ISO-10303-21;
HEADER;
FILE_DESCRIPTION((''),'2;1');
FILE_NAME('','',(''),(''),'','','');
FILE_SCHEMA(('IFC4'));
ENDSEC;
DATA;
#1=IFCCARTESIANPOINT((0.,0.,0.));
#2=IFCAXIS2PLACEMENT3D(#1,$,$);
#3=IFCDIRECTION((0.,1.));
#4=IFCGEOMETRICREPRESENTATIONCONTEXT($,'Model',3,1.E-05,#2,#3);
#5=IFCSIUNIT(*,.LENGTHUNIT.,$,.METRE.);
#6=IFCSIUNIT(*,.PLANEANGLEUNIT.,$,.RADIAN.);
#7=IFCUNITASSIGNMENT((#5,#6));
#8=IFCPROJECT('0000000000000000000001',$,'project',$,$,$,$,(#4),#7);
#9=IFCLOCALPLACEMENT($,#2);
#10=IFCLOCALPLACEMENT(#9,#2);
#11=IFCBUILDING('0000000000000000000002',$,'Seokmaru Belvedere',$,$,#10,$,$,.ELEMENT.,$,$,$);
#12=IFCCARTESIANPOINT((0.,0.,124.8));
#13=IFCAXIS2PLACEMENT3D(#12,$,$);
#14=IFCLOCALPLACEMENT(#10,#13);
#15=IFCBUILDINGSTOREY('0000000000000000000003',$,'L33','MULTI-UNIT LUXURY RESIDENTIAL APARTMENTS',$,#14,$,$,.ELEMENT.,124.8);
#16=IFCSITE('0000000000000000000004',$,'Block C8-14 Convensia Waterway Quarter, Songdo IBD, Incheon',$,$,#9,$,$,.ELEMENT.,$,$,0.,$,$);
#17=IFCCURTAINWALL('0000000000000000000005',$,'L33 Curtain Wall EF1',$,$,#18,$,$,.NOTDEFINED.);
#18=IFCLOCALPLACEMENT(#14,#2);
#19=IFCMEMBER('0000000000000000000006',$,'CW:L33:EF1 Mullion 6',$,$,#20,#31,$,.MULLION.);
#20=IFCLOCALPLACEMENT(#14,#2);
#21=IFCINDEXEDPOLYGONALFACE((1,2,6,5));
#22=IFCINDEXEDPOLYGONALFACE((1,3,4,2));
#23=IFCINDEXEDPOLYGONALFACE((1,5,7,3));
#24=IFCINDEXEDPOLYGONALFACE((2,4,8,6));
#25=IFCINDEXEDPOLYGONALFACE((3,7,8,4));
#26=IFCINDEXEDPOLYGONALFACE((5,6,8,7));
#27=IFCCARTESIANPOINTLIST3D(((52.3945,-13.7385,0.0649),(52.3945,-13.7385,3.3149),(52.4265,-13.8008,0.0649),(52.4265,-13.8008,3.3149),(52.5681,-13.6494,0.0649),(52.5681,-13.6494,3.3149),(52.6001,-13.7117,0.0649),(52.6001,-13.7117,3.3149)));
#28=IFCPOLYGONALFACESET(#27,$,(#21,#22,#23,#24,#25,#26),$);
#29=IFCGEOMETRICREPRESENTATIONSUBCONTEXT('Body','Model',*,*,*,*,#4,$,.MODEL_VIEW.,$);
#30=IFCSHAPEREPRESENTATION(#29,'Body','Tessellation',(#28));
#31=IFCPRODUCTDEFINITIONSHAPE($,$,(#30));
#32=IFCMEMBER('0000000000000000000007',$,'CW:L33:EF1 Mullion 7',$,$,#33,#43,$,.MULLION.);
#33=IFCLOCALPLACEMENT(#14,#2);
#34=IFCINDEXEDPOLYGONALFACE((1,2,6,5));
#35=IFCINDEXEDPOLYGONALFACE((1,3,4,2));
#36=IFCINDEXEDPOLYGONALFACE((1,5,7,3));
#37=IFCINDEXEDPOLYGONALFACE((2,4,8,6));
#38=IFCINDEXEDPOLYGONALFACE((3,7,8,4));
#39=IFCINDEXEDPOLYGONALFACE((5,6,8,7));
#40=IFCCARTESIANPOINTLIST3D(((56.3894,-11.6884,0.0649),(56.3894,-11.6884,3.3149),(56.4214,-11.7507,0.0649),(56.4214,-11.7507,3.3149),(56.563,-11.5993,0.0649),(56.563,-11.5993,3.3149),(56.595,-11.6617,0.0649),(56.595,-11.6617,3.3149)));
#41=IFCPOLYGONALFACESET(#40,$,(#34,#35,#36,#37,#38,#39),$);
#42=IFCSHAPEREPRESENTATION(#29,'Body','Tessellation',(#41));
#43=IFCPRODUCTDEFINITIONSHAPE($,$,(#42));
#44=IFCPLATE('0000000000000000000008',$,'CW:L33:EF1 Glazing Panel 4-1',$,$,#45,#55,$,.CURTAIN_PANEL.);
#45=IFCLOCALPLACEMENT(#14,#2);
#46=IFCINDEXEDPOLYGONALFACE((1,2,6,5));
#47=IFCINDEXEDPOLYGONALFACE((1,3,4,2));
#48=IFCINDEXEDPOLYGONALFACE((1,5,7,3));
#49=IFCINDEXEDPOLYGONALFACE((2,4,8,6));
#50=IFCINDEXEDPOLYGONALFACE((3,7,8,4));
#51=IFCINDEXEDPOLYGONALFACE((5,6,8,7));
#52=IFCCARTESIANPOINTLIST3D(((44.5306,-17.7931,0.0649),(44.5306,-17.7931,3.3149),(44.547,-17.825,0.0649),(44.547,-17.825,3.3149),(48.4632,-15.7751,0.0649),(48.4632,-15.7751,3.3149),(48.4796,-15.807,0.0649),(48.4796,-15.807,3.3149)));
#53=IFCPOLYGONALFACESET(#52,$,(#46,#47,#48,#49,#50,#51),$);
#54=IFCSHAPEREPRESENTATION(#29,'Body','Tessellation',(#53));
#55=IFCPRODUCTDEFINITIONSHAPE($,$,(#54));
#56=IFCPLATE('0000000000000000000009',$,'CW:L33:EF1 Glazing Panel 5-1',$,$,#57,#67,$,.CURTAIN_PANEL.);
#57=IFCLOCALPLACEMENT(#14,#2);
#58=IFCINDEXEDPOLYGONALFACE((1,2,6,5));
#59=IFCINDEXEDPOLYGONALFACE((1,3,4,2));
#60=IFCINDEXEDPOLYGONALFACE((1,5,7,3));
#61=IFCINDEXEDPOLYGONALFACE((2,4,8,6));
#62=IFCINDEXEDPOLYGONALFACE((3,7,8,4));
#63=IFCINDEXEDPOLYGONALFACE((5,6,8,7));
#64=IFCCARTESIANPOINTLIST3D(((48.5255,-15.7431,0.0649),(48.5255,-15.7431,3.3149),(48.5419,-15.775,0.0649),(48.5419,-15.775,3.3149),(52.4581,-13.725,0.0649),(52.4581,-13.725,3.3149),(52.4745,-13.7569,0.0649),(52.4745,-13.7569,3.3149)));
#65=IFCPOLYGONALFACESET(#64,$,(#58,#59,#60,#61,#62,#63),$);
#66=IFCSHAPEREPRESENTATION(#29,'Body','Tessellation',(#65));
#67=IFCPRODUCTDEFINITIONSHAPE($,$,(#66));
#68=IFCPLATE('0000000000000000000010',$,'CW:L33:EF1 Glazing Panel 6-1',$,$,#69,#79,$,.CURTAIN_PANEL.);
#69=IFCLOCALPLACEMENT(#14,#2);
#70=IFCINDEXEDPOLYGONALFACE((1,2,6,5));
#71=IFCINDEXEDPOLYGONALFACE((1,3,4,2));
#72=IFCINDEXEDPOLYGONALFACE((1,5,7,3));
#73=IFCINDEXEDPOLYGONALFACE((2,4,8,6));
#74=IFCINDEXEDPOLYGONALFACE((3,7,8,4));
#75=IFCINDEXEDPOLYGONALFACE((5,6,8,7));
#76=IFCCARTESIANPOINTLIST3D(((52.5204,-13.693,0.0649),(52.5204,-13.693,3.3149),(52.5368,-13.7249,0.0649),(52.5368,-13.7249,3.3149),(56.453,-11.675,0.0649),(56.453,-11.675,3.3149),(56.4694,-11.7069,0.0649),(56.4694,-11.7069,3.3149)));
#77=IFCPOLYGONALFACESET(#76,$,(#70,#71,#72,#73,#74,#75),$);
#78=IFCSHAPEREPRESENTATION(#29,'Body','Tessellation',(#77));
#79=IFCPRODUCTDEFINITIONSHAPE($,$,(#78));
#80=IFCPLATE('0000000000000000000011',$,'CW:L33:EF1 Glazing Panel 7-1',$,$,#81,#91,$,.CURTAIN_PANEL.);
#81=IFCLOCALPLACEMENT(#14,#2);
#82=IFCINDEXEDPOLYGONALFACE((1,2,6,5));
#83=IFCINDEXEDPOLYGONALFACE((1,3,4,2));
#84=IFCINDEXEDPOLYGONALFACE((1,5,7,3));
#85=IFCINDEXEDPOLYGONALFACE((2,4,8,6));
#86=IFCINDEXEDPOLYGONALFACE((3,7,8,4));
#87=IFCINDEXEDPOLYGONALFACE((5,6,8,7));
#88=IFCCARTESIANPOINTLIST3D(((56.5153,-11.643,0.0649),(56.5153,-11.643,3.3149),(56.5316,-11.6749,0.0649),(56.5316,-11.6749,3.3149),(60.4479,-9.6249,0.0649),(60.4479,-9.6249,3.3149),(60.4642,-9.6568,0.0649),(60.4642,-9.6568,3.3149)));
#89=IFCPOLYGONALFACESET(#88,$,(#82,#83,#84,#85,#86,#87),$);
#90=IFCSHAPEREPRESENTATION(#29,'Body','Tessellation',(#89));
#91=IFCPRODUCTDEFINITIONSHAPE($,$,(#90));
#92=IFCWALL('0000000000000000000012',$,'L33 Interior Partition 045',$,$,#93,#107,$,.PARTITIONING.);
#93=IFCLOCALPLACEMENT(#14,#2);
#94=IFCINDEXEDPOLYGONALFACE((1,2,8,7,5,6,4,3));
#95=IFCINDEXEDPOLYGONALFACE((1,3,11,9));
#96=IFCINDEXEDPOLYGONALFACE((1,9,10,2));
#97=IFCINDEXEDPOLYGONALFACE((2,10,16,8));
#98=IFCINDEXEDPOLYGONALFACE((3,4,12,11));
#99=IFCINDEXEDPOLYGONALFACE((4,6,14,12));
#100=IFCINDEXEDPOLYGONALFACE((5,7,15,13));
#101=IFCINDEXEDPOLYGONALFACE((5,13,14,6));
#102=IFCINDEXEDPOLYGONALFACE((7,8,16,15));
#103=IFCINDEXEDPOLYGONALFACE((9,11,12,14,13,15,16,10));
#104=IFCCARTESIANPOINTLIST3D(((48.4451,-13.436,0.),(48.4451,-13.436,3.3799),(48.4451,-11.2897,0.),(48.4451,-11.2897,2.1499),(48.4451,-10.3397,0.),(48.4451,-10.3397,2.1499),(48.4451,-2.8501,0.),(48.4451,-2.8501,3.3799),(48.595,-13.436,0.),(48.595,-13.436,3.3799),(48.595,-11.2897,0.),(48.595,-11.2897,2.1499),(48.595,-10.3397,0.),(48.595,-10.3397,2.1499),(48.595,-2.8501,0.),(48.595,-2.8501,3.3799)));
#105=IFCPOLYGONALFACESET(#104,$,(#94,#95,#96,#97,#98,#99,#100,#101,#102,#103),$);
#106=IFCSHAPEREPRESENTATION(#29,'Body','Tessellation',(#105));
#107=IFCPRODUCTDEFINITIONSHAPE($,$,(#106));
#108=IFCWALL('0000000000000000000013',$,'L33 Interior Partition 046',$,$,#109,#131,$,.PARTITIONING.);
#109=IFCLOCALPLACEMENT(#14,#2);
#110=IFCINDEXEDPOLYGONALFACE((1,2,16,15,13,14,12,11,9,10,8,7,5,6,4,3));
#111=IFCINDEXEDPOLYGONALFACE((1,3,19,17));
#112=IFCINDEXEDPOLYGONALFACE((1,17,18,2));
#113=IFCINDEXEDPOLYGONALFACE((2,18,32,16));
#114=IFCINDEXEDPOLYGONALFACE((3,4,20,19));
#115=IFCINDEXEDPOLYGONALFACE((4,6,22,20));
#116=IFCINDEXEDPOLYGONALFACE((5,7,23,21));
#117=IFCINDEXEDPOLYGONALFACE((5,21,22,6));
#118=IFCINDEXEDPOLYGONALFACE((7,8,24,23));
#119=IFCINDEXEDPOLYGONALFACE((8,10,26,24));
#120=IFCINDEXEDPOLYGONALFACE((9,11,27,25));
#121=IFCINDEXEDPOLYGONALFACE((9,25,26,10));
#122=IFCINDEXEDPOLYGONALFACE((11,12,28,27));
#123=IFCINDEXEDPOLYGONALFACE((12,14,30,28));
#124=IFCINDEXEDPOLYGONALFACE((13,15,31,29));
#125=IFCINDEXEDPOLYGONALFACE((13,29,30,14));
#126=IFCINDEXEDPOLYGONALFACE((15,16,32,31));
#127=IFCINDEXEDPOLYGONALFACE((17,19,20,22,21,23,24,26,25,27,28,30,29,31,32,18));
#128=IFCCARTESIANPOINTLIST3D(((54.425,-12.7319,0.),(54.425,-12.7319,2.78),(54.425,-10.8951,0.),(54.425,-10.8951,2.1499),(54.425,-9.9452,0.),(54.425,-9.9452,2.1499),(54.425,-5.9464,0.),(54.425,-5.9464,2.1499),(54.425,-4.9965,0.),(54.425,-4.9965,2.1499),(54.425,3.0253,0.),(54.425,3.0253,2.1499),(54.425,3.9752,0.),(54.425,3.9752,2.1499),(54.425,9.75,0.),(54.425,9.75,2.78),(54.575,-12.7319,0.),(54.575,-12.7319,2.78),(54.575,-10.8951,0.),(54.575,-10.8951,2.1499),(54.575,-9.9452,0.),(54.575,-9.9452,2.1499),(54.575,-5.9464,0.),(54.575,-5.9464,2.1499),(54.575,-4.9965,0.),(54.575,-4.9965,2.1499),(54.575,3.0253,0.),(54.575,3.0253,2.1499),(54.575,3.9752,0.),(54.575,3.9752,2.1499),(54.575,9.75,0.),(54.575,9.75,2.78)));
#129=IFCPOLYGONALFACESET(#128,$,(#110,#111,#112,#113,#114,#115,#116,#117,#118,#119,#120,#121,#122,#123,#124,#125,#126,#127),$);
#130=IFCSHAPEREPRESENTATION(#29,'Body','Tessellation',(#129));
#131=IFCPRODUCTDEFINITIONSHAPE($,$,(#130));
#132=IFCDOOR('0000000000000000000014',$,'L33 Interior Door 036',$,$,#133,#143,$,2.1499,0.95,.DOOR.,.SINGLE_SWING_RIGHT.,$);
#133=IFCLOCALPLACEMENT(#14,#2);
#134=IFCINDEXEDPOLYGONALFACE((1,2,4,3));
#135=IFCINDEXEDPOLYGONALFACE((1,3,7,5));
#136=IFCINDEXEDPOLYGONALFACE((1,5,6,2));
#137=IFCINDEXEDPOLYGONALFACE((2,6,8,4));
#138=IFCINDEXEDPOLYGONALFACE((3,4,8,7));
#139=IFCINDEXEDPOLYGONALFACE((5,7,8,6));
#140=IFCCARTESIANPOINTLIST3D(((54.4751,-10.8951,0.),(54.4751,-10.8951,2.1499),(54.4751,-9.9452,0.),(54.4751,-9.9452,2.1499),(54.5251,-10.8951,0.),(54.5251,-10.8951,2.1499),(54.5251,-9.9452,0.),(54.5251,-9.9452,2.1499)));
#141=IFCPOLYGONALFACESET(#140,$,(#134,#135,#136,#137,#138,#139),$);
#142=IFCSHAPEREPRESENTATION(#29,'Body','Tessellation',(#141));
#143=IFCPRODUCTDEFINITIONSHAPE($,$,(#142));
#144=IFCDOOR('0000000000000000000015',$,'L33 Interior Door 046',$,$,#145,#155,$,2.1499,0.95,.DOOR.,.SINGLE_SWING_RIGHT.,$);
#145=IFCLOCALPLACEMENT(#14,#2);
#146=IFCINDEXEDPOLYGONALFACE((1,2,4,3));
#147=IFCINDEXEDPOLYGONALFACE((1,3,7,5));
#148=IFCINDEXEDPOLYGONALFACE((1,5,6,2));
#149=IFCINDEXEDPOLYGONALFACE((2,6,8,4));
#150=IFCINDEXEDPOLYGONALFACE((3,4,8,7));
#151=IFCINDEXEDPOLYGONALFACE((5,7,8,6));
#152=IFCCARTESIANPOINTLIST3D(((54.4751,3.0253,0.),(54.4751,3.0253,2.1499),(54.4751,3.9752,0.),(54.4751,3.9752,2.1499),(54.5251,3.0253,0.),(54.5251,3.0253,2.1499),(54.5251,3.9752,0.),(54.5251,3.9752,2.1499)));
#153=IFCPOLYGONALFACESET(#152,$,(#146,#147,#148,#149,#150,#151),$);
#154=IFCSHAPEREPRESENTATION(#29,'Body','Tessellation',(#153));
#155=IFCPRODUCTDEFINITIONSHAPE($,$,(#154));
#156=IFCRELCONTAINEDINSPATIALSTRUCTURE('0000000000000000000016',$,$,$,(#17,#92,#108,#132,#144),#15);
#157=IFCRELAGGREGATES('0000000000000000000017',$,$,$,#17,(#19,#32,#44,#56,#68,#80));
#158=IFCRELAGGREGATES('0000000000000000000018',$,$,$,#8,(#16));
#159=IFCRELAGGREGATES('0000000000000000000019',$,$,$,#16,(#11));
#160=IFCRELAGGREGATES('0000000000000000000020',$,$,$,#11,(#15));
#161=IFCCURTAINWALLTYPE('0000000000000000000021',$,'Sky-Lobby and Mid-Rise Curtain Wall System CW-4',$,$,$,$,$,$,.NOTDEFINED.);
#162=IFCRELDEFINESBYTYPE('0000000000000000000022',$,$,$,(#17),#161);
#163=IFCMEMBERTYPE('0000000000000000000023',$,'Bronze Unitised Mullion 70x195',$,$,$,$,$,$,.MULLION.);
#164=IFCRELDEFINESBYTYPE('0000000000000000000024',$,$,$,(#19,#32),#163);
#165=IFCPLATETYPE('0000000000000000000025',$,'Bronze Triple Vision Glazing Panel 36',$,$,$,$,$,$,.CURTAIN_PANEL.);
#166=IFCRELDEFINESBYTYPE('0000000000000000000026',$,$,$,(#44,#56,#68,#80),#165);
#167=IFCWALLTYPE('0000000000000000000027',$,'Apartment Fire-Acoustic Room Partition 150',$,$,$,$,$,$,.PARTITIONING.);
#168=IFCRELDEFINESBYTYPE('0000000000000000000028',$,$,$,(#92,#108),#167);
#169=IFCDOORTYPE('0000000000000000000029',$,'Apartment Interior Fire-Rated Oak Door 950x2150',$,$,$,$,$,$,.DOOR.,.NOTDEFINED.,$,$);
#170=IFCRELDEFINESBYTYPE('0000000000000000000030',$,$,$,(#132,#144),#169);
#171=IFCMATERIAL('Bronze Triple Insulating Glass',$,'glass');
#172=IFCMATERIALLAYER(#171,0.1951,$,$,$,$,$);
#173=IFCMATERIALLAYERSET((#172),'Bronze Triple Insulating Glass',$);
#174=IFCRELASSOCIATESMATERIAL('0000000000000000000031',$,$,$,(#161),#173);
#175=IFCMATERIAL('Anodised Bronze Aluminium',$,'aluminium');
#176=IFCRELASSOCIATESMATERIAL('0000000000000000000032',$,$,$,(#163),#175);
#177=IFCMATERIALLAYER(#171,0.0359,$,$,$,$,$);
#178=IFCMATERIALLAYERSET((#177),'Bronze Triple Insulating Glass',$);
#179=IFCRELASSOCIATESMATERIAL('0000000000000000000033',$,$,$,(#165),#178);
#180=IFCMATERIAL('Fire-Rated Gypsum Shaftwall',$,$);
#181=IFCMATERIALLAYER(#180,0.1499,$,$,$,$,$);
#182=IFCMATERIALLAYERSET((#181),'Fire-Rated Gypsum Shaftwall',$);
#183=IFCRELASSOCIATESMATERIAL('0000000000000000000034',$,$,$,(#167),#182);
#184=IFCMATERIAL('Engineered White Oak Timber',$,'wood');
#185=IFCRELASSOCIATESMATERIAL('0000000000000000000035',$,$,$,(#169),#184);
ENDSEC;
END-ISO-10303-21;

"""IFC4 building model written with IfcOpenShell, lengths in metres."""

from ifc_helpers import new_model, si_unit, direction, frame, frame_2d, origin, origin_2d, place, context, subcontext, project, spatial, rectangle, extrude, source, transform, mapped, material, layer, layer_set, material_profile, profile_set, type_object, type_shapes, element, fill, aggregate, save


model = new_model("IFC4")

# Units and contexts
model_context = context("Model", 3, precision=1e-05, world=origin(), true_north=direction((0.0, 1.0)))
body_context = subcontext(model_context, "Body", "Model", "MODEL_VIEW")
ifc_project = project(units=[si_unit("LENGTHUNIT", "METRE"), si_unit("PLANEANGLEUNIT", "RADIAN")], contexts=[model_context])

# Site, building, storey
site_placement = place(None, origin())
site = spatial("IfcSite", under=ifc_project, at=site_placement, Name="Block C8-14 Convensia Waterway Quarter, Songdo IBD, Incheon", CompositionType="ELEMENT", RefElevation=0.0)
building_placement = place(site_placement, origin())
building = spatial("IfcBuilding", under=site, at=building_placement, Name="Seokmaru Belvedere", CompositionType="ELEMENT")
storey_placement = place(building_placement, frame((0.0, 0.0, 124.8)))
storey = spatial("IfcBuildingStorey", under=building, at=storey_placement, Name="L33", Description="MULTI-UNIT LUXURY RESIDENTIAL APARTMENTS", CompositionType="ELEMENT", Elevation=124.8)

# Curtain wall, members, plates
ifc_material_1 = material(Name="Bronze Triple Insulating Glass", Category="glass")
ifc_layer_1 = layer(ifc_material_1, 0.1951)
ifc_layer_set_1 = layer_set([ifc_layer_1], Name="Bronze Triple Insulating Glass")
curtain_wall_type = type_object("IfcCurtainWallType", Name="Sky-Lobby and Mid-Rise Curtain Wall System CW-4", PredefinedType="NOTDEFINED", material=ifc_layer_set_1)
curtain_wall_placement = place(storey_placement, origin())
curtain_wall = element("IfcCurtainWall", 1, at=curtain_wall_placement, inside=storey, type_object=curtain_wall_type, Name="L33 Curtain Wall EF1", PredefinedType="NOTDEFINED")
ifc_material_2 = material(Name="Anodised Bronze Aluminium", Category="aluminium")
ifc_material_profile_1 = material_profile(ifc_material_2, rectangle(XDim=0.0701, YDim=0.1951, at=origin_2d()), Name="CW-M-70x195")
ifc_profile_set_1 = profile_set([ifc_material_profile_1], Name="Anodised Bronze Aluminium")
member_type = type_object("IfcMemberType", Name="Bronze Unitised Mullion 70x195", PredefinedType="MULLION", material=ifc_profile_set_1)
shared_shape_1 = source(origin(), body_context, "Body", "SweptSolid", [
    extrude(rectangle(XDim=0.0701, YDim=0.1951, at=origin_2d()), origin(), (0.0, 0.0, 1.0), 3.25),
])
type_shapes(member_type, [shared_shape_1])
member_1_placement = place(storey_placement, frame((52.4973, -13.7251, 0.0649), z_axis=(0.0, 0.0, 1.0), x_axis=(-0.456555, 0.889695, 0.0)))
member_1 = element("IfcMember", 2, at=member_1_placement, type_object=member_type, Name="CW:L33:EF1 Mullion 6", PredefinedType="MULLION", context=body_context, shape_type="MappedRepresentation", body=[
    mapped(shared_shape_1, transform((0.0, 0.0, 0.0), scale=1.0)),
])
member_2_placement = place(storey_placement, frame((56.4922, -11.675, 0.0649), z_axis=(0.0, 0.0, 1.0), x_axis=(-0.456555, 0.889695, 0.0)))
member_2 = element("IfcMember", 3, at=member_2_placement, type_object=member_type, Name="CW:L33:EF1 Mullion 7", PredefinedType="MULLION", context=body_context, shape_type="MappedRepresentation", body=[
    mapped(shared_shape_1, transform((0.0, 0.0, 0.0), scale=1.0)),
])
ifc_layer_2 = layer(ifc_material_1, 0.0359)
ifc_layer_set_2 = layer_set([ifc_layer_2], Name="Bronze Triple Insulating Glass")
plate_type = type_object("IfcPlateType", Name="Bronze Triple Vision Glazing Panel 36", PredefinedType="CURTAIN_PANEL", material=ifc_layer_set_2)
shared_shape_2 = source(origin(), body_context, "Body", "SweptSolid", [
    extrude(rectangle(XDim=4.4202, YDim=0.0359, at=origin_2d()), origin(), (0.0, 0.0, 1.0), 3.25),
])
type_shapes(plate_type, [shared_shape_2])
plate_1_placement = place(storey_placement, frame((46.5051, -16.8, 0.0649), z_axis=(0.0, 0.0, 1.0), x_axis=(0.889695, 0.456555, 0.0)))
plate_1 = element("IfcPlate", 4, at=plate_1_placement, type_object=plate_type, Name="CW:L33:EF1 Glazing Panel 4-1", PredefinedType="CURTAIN_PANEL", context=body_context, shape_type="MappedRepresentation", body=[
    mapped(shared_shape_2, transform((0.0, 0.0, 0.0), scale=1.0)),
])
plate_2_placement = place(storey_placement, frame((50.5, -14.75, 0.0649), z_axis=(0.0, 0.0, 1.0), x_axis=(0.889695, 0.456555, 0.0)))
plate_2 = element("IfcPlate", 5, at=plate_2_placement, type_object=plate_type, Name="CW:L33:EF1 Glazing Panel 5-1", PredefinedType="CURTAIN_PANEL", context=body_context, shape_type="MappedRepresentation", body=[
    mapped(shared_shape_2, transform((0.0, 0.0, 0.0), scale=1.0)),
])
plate_3_placement = place(storey_placement, frame((54.4949, -12.7, 0.0649), z_axis=(0.0, 0.0, 1.0), x_axis=(0.889695, 0.456555, 0.0)))
plate_3 = element("IfcPlate", 6, at=plate_3_placement, type_object=plate_type, Name="CW:L33:EF1 Glazing Panel 6-1", PredefinedType="CURTAIN_PANEL", context=body_context, shape_type="MappedRepresentation", body=[
    mapped(shared_shape_2, transform((0.0, 0.0, 0.0), scale=1.0)),
])
plate_4_placement = place(storey_placement, frame((58.4897, -10.6499, 0.0649), z_axis=(0.0, 0.0, 1.0), x_axis=(0.889695, 0.456555, 0.0)))
plate_4 = element("IfcPlate", 7, at=plate_4_placement, type_object=plate_type, Name="CW:L33:EF1 Glazing Panel 7-1", PredefinedType="CURTAIN_PANEL", context=body_context, shape_type="MappedRepresentation", body=[
    mapped(shared_shape_2, transform((0.0, 0.0, 0.0), scale=1.0)),
])
aggregate(curtain_wall, [member_1, member_2, plate_1, plate_2, plate_3, plate_4])

# Wall, opening
ifc_material_3 = material(Name="Fire-Rated Gypsum Shaftwall")
ifc_layer_3 = layer(ifc_material_3, 0.1499)
ifc_layer_set_3 = layer_set([ifc_layer_3], Name="Fire-Rated Gypsum Shaftwall")
wall_type = type_object("IfcWallType", Name="Apartment Fire-Acoustic Room Partition 150", PredefinedType="PARTITIONING", material=ifc_layer_set_3)
wall_1_placement = place(storey_placement, frame((48.52, -13.436, 0.0), z_axis=(0.0, 0.0, 1.0), x_axis=(0.0, 1.0, 0.0)))
wall_1 = element("IfcWall", 8, at=wall_1_placement, inside=storey, type_object=wall_type, Name="L33 Interior Partition 045", PredefinedType="PARTITIONING", context=body_context, shape_type="SweptSolid", body=[
    extrude(rectangle(XDim=10.5859, YDim=0.1499, at=frame_2d((5.293, 0.0))), origin(), (0.0, 0.0, 1.0), 3.3799),
])
opening_1_placement = place(wall_1_placement, frame((2.1462, 0.0, 0.0)))
element("IfcOpeningElement", 9, at=opening_1_placement, cuts=wall_1, PredefinedType="OPENING", context=body_context, shape_type="SweptSolid", body=[
    extrude(rectangle(XDim=0.95, YDim=2.1499, at=frame_2d((0.4751, 1.075))), frame((0.0, 0.085, 0.0), z_axis=(0.0, -1.0, 0.0), x_axis=(1.0, 0.0, 0.0)), (0.0, 0.0, 1.0), 0.1699),
])

# Wall, openings, doors
wall_2_placement = place(storey_placement, frame((54.5, -12.7319, 0.0), z_axis=(0.0, 0.0, 1.0), x_axis=(0.0, 1.0, 0.0)))
wall_2 = element("IfcWall", 10, at=wall_2_placement, inside=storey, type_object=wall_type, Name="L33 Interior Partition 046", PredefinedType="PARTITIONING", context=body_context, shape_type="SweptSolid", body=[
    extrude(rectangle(XDim=22.4819, YDim=0.1499, at=frame_2d((11.241, 0.0))), origin(), (0.0, 0.0, 1.0), 2.78),
])
opening_2_placement = place(wall_2_placement, frame((1.8367, 0.0, 0.0)))
opening_2 = element("IfcOpeningElement", 11, at=opening_2_placement, cuts=wall_2, PredefinedType="OPENING", context=body_context, shape_type="SweptSolid", body=[
    extrude(rectangle(XDim=0.95, YDim=2.1499, at=frame_2d((0.4751, 1.075))), frame((0.0, 0.085, 0.0), z_axis=(0.0, -1.0, 0.0), x_axis=(1.0, 0.0, 0.0)), (0.0, 0.0, 1.0), 0.1699),
])
opening_3_placement = place(wall_2_placement, frame((6.7854, 0.0, 0.0)))
element("IfcOpeningElement", 12, at=opening_3_placement, cuts=wall_2, PredefinedType="OPENING", context=body_context, shape_type="SweptSolid", body=[
    extrude(rectangle(XDim=0.95, YDim=2.1499, at=frame_2d((0.4751, 1.075))), frame((0.0, 0.085, 0.0), z_axis=(0.0, -1.0, 0.0), x_axis=(1.0, 0.0, 0.0)), (0.0, 0.0, 1.0), 0.1699),
])
opening_4_placement = place(wall_2_placement, frame((15.7571, 0.0, 0.0)))
opening_4 = element("IfcOpeningElement", 13, at=opening_4_placement, cuts=wall_2, PredefinedType="OPENING", context=body_context, shape_type="SweptSolid", body=[
    extrude(rectangle(XDim=0.95, YDim=2.1499, at=frame_2d((0.4751, 1.075))), frame((0.0, 0.085, 0.0), z_axis=(0.0, -1.0, 0.0), x_axis=(1.0, 0.0, 0.0)), (0.0, 0.0, 1.0), 0.1699),
])
ifc_material_4 = material(Name="Engineered White Oak Timber", Category="wood")
door_type = type_object("IfcDoorType", Name="Apartment Interior Fire-Rated Oak Door 950x2150", OperationType="NOTDEFINED", PredefinedType="DOOR", material=ifc_material_4)
shared_shape_3 = source(origin(), body_context, "Body", "SweptSolid", [
    extrude(rectangle(XDim=0.95, YDim=2.1499, at=frame_2d((0.4751, 1.075))), frame((0.0, 0.0249, 0.0), z_axis=(0.0, -1.0, 0.0), x_axis=(1.0, 0.0, 0.0)), (0.0, 0.0, 1.0), 0.05),
])
type_shapes(door_type, [shared_shape_3])
door_1_placement = place(opening_2_placement, origin())
door_1 = element("IfcDoor", 14, at=door_1_placement, inside=storey, type_object=door_type, Name="L33 Interior Door 036", OperationType="SINGLE_SWING_RIGHT", OverallHeight=2.1499, OverallWidth=0.95, PredefinedType="DOOR", context=body_context, shape_type="MappedRepresentation", body=[
    mapped(shared_shape_3, transform((0.0, 0.0, 0.0), scale=1.0)),
])
fill(opening_2, door_1)
door_2_placement = place(opening_4_placement, origin())
door_2 = element("IfcDoor", 15, at=door_2_placement, inside=storey, type_object=door_type, Name="L33 Interior Door 046", OperationType="SINGLE_SWING_RIGHT", OverallHeight=2.1499, OverallWidth=0.95, PredefinedType="DOOR", context=body_context, shape_type="MappedRepresentation", body=[
    mapped(shared_shape_3, transform((0.0, 0.0, 0.0), scale=1.0)),
])
fill(opening_4, door_2)

save(model, "model.ifc")
